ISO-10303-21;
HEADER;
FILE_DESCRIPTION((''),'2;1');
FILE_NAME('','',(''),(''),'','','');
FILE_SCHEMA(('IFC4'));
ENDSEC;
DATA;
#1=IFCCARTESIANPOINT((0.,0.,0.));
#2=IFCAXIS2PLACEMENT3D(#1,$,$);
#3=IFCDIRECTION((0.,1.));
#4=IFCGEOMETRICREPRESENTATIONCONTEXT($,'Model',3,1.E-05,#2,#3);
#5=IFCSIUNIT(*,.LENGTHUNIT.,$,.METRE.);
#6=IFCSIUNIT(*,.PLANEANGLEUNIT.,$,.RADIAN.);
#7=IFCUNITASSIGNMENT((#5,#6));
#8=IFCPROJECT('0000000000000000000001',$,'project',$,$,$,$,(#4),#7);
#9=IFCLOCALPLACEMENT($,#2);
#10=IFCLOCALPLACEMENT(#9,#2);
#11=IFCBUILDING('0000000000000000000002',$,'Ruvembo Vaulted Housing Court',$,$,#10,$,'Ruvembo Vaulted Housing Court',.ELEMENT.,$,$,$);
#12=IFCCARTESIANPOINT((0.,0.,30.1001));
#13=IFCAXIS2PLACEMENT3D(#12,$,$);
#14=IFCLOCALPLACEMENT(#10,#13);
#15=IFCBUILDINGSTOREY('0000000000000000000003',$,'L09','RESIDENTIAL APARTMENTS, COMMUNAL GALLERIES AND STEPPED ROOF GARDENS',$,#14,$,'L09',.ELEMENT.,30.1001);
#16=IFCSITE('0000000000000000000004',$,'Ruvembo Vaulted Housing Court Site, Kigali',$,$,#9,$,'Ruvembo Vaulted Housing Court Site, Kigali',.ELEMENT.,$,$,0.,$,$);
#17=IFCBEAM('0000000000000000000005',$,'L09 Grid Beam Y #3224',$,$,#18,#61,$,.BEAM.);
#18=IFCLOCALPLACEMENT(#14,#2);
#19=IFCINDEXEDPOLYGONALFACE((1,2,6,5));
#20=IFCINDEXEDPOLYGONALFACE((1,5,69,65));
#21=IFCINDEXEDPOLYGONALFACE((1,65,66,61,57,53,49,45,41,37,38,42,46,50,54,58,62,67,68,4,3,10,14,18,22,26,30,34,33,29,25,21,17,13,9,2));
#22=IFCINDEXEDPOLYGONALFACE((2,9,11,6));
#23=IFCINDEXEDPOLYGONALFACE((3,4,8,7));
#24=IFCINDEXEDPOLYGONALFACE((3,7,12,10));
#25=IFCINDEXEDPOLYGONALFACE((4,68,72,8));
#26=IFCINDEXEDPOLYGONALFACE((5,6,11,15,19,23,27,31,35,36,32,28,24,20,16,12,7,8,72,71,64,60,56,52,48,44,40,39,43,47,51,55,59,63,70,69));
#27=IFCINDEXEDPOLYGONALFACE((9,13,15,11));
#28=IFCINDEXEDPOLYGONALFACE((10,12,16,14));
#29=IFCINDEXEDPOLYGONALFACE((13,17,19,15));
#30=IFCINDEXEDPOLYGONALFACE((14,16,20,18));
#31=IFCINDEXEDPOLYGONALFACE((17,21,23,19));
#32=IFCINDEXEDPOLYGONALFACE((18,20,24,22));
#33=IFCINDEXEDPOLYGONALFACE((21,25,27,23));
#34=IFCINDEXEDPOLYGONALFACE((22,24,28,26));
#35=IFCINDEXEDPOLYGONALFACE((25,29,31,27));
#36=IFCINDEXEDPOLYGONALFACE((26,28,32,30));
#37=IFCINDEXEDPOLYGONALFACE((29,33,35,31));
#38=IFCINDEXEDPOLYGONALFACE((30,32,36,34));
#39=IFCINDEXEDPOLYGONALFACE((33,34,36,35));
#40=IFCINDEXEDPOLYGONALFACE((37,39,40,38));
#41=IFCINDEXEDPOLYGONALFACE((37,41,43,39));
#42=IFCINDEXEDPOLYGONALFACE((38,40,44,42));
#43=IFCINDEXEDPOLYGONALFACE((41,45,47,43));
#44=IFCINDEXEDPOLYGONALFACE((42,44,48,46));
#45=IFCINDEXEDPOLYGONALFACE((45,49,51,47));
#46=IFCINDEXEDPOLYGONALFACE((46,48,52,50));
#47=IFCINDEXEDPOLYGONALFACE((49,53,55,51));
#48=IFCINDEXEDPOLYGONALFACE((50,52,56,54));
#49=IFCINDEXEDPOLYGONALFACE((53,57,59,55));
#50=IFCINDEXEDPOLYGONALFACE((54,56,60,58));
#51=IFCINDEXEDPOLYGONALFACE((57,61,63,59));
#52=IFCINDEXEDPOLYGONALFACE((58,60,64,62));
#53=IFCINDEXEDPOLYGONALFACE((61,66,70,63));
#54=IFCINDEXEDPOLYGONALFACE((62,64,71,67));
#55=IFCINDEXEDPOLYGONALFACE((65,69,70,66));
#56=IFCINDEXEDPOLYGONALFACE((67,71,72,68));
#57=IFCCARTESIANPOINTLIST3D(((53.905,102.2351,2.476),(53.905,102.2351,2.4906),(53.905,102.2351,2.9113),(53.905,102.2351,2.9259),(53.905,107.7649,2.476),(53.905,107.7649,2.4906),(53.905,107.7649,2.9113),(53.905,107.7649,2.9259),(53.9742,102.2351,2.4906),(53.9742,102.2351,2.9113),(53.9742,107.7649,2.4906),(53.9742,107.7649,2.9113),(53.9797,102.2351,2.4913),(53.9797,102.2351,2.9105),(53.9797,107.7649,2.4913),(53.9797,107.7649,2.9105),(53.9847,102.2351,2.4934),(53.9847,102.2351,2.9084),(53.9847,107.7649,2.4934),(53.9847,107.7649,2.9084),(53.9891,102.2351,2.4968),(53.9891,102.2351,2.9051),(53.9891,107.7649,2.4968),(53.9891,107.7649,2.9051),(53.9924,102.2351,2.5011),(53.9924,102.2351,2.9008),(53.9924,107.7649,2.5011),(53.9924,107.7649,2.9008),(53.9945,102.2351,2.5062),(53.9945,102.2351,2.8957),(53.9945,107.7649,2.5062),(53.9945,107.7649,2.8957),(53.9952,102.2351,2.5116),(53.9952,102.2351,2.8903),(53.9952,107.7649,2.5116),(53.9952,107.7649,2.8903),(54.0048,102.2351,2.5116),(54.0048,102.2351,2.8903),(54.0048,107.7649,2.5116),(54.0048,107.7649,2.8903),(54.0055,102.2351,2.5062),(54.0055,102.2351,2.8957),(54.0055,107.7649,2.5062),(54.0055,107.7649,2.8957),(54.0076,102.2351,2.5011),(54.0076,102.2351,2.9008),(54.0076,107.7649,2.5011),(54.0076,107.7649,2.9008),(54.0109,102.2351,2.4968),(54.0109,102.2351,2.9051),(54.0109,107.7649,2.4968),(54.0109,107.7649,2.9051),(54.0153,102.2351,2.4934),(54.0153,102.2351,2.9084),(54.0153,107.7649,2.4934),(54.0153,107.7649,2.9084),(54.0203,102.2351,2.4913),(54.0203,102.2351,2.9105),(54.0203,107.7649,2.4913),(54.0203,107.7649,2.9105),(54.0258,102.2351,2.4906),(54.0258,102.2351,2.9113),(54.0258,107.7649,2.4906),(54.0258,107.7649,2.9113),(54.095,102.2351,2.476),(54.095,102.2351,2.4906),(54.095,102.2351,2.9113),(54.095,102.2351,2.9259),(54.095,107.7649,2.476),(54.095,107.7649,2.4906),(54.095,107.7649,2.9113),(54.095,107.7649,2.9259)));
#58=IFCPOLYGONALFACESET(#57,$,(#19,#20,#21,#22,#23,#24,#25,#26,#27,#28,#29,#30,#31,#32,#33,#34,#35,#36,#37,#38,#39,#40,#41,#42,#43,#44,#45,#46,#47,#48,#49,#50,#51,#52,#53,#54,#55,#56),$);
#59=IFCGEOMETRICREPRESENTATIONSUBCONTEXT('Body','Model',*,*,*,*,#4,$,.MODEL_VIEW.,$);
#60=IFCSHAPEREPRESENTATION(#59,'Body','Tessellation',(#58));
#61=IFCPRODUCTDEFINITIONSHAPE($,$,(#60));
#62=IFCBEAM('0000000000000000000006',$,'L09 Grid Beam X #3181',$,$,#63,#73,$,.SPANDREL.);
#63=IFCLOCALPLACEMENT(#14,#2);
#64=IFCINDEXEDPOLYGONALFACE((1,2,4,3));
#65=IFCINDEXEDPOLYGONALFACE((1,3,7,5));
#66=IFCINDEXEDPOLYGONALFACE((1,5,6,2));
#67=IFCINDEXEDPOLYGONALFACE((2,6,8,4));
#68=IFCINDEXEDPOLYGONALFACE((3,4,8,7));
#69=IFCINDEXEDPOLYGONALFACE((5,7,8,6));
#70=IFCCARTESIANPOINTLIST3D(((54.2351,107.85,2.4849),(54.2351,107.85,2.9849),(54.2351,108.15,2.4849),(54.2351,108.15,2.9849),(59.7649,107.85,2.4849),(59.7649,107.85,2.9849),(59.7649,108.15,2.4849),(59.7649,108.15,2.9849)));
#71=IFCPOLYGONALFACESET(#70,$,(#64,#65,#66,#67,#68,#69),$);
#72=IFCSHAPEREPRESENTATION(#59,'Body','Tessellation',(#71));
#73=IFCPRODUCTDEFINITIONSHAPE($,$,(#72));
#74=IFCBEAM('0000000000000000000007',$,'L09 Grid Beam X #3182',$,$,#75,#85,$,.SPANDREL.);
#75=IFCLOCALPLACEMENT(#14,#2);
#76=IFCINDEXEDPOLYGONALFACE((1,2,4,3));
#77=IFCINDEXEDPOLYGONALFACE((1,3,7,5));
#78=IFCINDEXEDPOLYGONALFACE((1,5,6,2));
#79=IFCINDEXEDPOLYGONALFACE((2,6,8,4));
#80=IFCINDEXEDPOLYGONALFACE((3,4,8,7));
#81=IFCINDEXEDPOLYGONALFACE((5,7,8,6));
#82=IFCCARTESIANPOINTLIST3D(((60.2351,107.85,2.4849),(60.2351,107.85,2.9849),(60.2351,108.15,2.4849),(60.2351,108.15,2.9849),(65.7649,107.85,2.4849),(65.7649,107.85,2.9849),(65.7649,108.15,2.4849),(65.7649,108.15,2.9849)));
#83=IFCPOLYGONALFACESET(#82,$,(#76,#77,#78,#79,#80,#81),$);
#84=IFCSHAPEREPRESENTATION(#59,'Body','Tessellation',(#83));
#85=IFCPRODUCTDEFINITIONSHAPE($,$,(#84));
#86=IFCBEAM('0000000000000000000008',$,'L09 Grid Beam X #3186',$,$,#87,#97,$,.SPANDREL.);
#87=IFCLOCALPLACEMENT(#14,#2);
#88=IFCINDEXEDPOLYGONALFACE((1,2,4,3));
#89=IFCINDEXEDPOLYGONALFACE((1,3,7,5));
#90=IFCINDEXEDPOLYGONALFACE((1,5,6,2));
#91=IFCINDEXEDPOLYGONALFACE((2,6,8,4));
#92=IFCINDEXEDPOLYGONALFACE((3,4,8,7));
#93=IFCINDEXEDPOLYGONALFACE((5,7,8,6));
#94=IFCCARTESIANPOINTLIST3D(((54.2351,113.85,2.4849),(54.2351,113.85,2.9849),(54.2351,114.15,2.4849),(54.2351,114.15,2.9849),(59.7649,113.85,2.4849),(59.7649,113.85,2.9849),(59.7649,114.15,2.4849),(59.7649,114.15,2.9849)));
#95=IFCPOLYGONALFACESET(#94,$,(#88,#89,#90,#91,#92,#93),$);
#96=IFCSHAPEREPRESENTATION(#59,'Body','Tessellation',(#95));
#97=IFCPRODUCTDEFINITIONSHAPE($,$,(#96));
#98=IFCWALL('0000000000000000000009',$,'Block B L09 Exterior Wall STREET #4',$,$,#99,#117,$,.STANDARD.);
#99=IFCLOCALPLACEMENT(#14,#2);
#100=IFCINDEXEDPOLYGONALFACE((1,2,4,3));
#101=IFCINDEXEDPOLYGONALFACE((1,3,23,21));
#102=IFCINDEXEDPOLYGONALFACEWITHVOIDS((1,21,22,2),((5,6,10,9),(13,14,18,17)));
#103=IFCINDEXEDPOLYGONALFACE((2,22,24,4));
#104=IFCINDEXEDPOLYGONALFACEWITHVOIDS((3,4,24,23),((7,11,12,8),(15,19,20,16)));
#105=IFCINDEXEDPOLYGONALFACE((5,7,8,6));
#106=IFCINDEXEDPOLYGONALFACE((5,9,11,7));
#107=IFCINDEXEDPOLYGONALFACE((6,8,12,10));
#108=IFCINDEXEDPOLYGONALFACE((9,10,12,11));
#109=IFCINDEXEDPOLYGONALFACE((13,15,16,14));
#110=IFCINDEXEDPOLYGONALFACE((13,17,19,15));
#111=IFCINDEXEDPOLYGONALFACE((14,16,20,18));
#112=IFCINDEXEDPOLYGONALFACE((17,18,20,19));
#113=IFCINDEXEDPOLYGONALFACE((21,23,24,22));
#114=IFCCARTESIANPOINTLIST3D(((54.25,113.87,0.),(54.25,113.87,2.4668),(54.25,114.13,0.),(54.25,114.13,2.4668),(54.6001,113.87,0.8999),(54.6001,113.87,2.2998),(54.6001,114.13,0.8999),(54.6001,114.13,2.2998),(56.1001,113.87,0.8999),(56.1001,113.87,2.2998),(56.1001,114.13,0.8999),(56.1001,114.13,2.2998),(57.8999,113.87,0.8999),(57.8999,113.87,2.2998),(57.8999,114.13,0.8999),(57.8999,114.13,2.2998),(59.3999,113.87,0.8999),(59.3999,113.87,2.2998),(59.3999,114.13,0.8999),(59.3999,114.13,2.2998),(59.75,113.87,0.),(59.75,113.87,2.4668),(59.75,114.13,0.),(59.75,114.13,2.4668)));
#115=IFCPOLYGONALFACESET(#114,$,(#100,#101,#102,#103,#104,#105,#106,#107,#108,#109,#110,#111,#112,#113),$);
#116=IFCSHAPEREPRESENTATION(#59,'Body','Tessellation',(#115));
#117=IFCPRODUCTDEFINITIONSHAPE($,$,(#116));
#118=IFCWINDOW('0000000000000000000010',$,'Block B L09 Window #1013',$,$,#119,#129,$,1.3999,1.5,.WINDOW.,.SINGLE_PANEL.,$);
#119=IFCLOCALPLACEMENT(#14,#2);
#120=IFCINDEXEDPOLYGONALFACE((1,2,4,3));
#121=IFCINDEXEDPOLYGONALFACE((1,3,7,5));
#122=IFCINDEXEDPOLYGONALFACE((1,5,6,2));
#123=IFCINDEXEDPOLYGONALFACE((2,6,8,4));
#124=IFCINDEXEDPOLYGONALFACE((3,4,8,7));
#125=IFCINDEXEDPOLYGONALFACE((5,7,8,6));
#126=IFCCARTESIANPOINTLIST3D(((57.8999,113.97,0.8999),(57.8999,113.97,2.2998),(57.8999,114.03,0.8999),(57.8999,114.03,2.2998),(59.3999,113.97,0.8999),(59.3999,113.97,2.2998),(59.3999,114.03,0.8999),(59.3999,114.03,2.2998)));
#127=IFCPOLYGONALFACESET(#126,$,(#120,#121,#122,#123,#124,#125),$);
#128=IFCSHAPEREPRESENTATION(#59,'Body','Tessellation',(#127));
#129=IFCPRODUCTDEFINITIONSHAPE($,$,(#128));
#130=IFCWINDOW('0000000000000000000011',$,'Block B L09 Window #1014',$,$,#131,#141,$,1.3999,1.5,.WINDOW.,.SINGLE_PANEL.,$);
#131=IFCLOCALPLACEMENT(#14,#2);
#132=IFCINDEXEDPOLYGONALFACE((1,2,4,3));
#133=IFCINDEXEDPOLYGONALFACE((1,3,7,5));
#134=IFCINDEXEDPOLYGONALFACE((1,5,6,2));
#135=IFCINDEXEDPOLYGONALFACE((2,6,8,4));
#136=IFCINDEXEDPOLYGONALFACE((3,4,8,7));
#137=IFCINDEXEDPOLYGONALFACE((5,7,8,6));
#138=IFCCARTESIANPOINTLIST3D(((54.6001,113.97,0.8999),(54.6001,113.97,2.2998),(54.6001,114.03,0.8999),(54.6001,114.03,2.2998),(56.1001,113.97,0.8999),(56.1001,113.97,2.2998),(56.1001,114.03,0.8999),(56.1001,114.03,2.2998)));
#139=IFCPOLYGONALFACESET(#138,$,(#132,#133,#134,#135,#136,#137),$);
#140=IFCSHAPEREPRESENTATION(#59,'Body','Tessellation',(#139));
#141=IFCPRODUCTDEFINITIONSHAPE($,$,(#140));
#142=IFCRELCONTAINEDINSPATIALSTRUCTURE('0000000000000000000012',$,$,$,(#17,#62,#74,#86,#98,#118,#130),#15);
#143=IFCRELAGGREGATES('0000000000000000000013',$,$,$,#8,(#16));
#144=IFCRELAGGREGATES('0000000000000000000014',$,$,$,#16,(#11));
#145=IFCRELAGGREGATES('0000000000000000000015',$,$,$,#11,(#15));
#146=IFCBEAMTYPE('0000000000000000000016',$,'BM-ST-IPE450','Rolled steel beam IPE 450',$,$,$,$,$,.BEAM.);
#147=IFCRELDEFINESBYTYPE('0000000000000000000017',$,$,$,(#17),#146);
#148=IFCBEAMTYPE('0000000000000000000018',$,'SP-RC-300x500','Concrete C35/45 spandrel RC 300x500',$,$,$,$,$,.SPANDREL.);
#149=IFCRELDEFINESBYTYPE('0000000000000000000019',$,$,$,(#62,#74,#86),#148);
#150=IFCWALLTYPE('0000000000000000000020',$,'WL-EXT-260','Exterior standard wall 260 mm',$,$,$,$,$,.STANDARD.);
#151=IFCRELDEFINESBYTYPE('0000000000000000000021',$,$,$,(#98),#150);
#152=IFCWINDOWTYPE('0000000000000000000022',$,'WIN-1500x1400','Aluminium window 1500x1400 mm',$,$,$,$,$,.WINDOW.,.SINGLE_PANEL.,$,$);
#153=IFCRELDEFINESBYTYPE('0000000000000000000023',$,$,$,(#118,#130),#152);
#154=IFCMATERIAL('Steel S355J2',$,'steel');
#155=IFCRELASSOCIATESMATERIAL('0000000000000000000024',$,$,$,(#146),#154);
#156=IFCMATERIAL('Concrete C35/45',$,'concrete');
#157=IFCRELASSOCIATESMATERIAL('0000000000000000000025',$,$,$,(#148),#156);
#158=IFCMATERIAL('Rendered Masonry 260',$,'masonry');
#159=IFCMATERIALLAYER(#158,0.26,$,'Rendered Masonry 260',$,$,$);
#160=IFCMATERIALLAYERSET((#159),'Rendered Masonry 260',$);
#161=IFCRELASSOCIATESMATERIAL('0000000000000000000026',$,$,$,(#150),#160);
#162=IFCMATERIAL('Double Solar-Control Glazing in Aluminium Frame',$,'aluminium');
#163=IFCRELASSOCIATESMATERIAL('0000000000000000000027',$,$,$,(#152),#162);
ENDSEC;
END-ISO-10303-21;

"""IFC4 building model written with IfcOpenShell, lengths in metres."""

from ifc_helpers import new_model, si_unit, direction, frame, frame_2d, origin, origin_2d, place, context, subcontext, project, spatial, rectangle, i_section, extrude, material, layer, layer_set, material_profile, profile_set, type_object, element, fill, save


model = new_model("IFC4")

# Units and contexts
model_context = context("Model", 3, precision=1e-05, world=origin(), true_north=direction((0.0, 1.0)))
body_context = subcontext(model_context, "Body", "Model", "MODEL_VIEW")
ifc_project = project(units=[si_unit("LENGTHUNIT", "METRE"), si_unit("PLANEANGLEUNIT", "RADIAN")], contexts=[model_context])

# Site, building, storey
site_placement = place(None, origin())
site = spatial("IfcSite", under=ifc_project, at=site_placement, Name="Ruvembo Vaulted Housing Court Site, Kigali", LongName="Ruvembo Vaulted Housing Court Site, Kigali", CompositionType="ELEMENT", RefElevation=0.0)
building_placement = place(site_placement, origin())
building = spatial("IfcBuilding", under=site, at=building_placement, Name="Ruvembo Vaulted Housing Court", LongName="Ruvembo Vaulted Housing Court", CompositionType="ELEMENT")
storey_placement = place(building_placement, frame((0.0, 0.0, 30.1001)))
storey = spatial("IfcBuildingStorey", under=building, at=storey_placement, Name="L09", Description="RESIDENTIAL APARTMENTS, COMMUNAL GALLERIES AND STEPPED ROOF GARDENS", LongName="L09", CompositionType="ELEMENT", Elevation=30.1001)

# Shared definitions
ifc_material_1 = material(Name="Concrete C35/45", Category="concrete")

# Beams
ifc_material_2 = material(Name="Steel S355J2", Category="steel")
ifc_material_profile_1 = material_profile(ifc_material_2, i_section(OverallWidth=0.1899, OverallDepth=0.45, WebThickness=0.0095, FlangeThickness=0.0146, FilletRadius=0.021, at=origin_2d()), Name="IPE 450")
ifc_profile_set_1 = profile_set([ifc_material_profile_1], Name="Steel S355J2")
beam_type_1 = type_object("IfcBeamType", Name="BM-ST-IPE450", Description="Rolled steel beam IPE 450", PredefinedType="BEAM", material=ifc_profile_set_1)
beam_1_placement = place(storey_placement, frame((54.0, 102.2351, 2.7009), z_axis=(0.0, 1.0, 0.0), x_axis=(-1.0, 0.0, 0.0)))
element("IfcBeam", 1, at=beam_1_placement, inside=storey, type_object=beam_type_1, Name="L09 Grid Beam Y #3224", PredefinedType="BEAM", context=body_context, shape_type="SweptSolid", body=[
    extrude(i_section(OverallWidth=0.1899, OverallDepth=0.45, WebThickness=0.0095, FlangeThickness=0.0146, FilletRadius=0.021, at=origin_2d()), origin(), (0.0, 0.0, 1.0), 5.5298),
])
ifc_material_profile_2 = material_profile(ifc_material_1, rectangle(XDim=0.3, YDim=0.5, at=origin_2d()), Name="RC 300x500")
ifc_profile_set_2 = profile_set([ifc_material_profile_2], Name="Concrete C35/45")
beam_type_2 = type_object("IfcBeamType", Name="SP-RC-300x500", Description="Concrete C35/45 spandrel RC 300x500", PredefinedType="SPANDREL", material=ifc_profile_set_2)
for number, where, z_axis, x_axis, name in (
    (2, (54.2351, 108.0, 2.7349), (1.0, 0.0, 0.0), (0.0, 1.0, 0.0), "L09 Grid Beam X #3181"),
    (3, (60.2351, 108.0, 2.7349), (1.0, 0.0, 0.0), (0.0, 1.0, 0.0), "L09 Grid Beam X #3182"),
    (4, (54.2351, 114.0, 2.7349), (1.0, 0.0, 0.0), (0.0, 1.0, 0.0), "L09 Grid Beam X #3186"),
):
    element("IfcBeam", number, at=place(storey_placement, frame(where, z_axis=z_axis, x_axis=x_axis)), inside=storey, type_object=beam_type_2, Name=name, PredefinedType="SPANDREL", context=body_context, shape_type="SweptSolid", body=[
        extrude(rectangle(XDim=0.3, YDim=0.5, at=origin_2d()), origin(), (0.0, 0.0, 1.0), 5.5298),
    ])

# Wall, openings, windows
ifc_material_3 = material(Name="Rendered Masonry 260", Category="masonry")
ifc_layer = layer(ifc_material_3, 0.26, Name="Rendered Masonry 260")
ifc_layer_set = layer_set([ifc_layer], Name="Rendered Masonry 260")
wall_type = type_object("IfcWallType", Name="WL-EXT-260", Description="Exterior standard wall 260 mm", PredefinedType="STANDARD", material=ifc_layer_set)
wall_1_placement = place(storey_placement, frame((59.75, 114.0, 0.0), z_axis=(0.0, 0.0, 1.0), x_axis=(-1.0, 0.0, 0.0)))
wall_1 = element("IfcWall", 5, at=wall_1_placement, inside=storey, type_object=wall_type, Name="Block B L09 Exterior Wall STREET #4", PredefinedType="STANDARD", context=body_context, shape_type="SweptSolid", body=[
    extrude(rectangle(XDim=5.5, YDim=0.26, at=frame_2d((2.75, 0.0))), origin(), (0.0, 0.0, 1.0), 2.4668),
])
opening_1_placement = place(wall_1_placement, frame((0.3501, 0.0, 0.8999)))
opening_1 = element("IfcOpeningElement", 6, at=opening_1_placement, cuts=wall_1, PredefinedType="OPENING", context=body_context, shape_type="SweptSolid", body=[
    extrude(rectangle(XDim=1.5, YDim=1.3999, at=frame_2d((0.75, 0.7))), frame((0.0, 0.1399, 0.0), z_axis=(0.0, -1.0, 0.0), x_axis=(1.0, 0.0, 0.0)), (0.0, 0.0, 1.0), 0.28),
])
opening_2_placement = place(wall_1_placement, frame((3.6499, 0.0, 0.8999)))
opening_2 = element("IfcOpeningElement", 7, at=opening_2_placement, cuts=wall_1, PredefinedType="OPENING", context=body_context, shape_type="SweptSolid", body=[
    extrude(rectangle(XDim=1.5, YDim=1.3999, at=frame_2d((0.75, 0.7))), frame((0.0, 0.1399, 0.0), z_axis=(0.0, -1.0, 0.0), x_axis=(1.0, 0.0, 0.0)), (0.0, 0.0, 1.0), 0.28),
])
ifc_material_4 = material(Name="Double Solar-Control Glazing in Aluminium Frame", Category="aluminium")
window_type_1 = type_object("IfcWindowType", Name="WIN-1500x1400", Description="Aluminium window 1500x1400 mm", PartitioningType="SINGLE_PANEL", PredefinedType="WINDOW", material=ifc_material_4)
window_1_placement = place(opening_1_placement, origin())
window_1 = element("IfcWindow", 8, at=window_1_placement, inside=storey, type_object=window_type_1, Name="Block B L09 Window #1013", OverallHeight=1.3999, OverallWidth=1.5, PartitioningType="SINGLE_PANEL", PredefinedType="WINDOW", context=body_context, shape_type="SweptSolid", body=[
    extrude(rectangle(XDim=1.5, YDim=1.3999, at=frame_2d((0.75, 0.7))), frame((0.0, 0.03, 0.0), z_axis=(0.0, -1.0, 0.0), x_axis=(1.0, 0.0, 0.0)), (0.0, 0.0, 1.0), 0.0601),
])
fill(opening_1, window_1)
window_2_placement = place(opening_2_placement, origin())
window_2 = element("IfcWindow", 9, at=window_2_placement, inside=storey, type_object=window_type_1, Name="Block B L09 Window #1014", OverallHeight=1.3999, OverallWidth=1.5, PartitioningType="SINGLE_PANEL", PredefinedType="WINDOW", context=body_context, shape_type="SweptSolid", body=[
    extrude(rectangle(XDim=1.5, YDim=1.3999, at=frame_2d((0.75, 0.7))), frame((0.0, 0.03, 0.0), z_axis=(0.0, -1.0, 0.0), x_axis=(1.0, 0.0, 0.0)), (0.0, 0.0, 1.0), 0.0601),
])
fill(opening_2, window_2)

save(model, "model.ifc")
